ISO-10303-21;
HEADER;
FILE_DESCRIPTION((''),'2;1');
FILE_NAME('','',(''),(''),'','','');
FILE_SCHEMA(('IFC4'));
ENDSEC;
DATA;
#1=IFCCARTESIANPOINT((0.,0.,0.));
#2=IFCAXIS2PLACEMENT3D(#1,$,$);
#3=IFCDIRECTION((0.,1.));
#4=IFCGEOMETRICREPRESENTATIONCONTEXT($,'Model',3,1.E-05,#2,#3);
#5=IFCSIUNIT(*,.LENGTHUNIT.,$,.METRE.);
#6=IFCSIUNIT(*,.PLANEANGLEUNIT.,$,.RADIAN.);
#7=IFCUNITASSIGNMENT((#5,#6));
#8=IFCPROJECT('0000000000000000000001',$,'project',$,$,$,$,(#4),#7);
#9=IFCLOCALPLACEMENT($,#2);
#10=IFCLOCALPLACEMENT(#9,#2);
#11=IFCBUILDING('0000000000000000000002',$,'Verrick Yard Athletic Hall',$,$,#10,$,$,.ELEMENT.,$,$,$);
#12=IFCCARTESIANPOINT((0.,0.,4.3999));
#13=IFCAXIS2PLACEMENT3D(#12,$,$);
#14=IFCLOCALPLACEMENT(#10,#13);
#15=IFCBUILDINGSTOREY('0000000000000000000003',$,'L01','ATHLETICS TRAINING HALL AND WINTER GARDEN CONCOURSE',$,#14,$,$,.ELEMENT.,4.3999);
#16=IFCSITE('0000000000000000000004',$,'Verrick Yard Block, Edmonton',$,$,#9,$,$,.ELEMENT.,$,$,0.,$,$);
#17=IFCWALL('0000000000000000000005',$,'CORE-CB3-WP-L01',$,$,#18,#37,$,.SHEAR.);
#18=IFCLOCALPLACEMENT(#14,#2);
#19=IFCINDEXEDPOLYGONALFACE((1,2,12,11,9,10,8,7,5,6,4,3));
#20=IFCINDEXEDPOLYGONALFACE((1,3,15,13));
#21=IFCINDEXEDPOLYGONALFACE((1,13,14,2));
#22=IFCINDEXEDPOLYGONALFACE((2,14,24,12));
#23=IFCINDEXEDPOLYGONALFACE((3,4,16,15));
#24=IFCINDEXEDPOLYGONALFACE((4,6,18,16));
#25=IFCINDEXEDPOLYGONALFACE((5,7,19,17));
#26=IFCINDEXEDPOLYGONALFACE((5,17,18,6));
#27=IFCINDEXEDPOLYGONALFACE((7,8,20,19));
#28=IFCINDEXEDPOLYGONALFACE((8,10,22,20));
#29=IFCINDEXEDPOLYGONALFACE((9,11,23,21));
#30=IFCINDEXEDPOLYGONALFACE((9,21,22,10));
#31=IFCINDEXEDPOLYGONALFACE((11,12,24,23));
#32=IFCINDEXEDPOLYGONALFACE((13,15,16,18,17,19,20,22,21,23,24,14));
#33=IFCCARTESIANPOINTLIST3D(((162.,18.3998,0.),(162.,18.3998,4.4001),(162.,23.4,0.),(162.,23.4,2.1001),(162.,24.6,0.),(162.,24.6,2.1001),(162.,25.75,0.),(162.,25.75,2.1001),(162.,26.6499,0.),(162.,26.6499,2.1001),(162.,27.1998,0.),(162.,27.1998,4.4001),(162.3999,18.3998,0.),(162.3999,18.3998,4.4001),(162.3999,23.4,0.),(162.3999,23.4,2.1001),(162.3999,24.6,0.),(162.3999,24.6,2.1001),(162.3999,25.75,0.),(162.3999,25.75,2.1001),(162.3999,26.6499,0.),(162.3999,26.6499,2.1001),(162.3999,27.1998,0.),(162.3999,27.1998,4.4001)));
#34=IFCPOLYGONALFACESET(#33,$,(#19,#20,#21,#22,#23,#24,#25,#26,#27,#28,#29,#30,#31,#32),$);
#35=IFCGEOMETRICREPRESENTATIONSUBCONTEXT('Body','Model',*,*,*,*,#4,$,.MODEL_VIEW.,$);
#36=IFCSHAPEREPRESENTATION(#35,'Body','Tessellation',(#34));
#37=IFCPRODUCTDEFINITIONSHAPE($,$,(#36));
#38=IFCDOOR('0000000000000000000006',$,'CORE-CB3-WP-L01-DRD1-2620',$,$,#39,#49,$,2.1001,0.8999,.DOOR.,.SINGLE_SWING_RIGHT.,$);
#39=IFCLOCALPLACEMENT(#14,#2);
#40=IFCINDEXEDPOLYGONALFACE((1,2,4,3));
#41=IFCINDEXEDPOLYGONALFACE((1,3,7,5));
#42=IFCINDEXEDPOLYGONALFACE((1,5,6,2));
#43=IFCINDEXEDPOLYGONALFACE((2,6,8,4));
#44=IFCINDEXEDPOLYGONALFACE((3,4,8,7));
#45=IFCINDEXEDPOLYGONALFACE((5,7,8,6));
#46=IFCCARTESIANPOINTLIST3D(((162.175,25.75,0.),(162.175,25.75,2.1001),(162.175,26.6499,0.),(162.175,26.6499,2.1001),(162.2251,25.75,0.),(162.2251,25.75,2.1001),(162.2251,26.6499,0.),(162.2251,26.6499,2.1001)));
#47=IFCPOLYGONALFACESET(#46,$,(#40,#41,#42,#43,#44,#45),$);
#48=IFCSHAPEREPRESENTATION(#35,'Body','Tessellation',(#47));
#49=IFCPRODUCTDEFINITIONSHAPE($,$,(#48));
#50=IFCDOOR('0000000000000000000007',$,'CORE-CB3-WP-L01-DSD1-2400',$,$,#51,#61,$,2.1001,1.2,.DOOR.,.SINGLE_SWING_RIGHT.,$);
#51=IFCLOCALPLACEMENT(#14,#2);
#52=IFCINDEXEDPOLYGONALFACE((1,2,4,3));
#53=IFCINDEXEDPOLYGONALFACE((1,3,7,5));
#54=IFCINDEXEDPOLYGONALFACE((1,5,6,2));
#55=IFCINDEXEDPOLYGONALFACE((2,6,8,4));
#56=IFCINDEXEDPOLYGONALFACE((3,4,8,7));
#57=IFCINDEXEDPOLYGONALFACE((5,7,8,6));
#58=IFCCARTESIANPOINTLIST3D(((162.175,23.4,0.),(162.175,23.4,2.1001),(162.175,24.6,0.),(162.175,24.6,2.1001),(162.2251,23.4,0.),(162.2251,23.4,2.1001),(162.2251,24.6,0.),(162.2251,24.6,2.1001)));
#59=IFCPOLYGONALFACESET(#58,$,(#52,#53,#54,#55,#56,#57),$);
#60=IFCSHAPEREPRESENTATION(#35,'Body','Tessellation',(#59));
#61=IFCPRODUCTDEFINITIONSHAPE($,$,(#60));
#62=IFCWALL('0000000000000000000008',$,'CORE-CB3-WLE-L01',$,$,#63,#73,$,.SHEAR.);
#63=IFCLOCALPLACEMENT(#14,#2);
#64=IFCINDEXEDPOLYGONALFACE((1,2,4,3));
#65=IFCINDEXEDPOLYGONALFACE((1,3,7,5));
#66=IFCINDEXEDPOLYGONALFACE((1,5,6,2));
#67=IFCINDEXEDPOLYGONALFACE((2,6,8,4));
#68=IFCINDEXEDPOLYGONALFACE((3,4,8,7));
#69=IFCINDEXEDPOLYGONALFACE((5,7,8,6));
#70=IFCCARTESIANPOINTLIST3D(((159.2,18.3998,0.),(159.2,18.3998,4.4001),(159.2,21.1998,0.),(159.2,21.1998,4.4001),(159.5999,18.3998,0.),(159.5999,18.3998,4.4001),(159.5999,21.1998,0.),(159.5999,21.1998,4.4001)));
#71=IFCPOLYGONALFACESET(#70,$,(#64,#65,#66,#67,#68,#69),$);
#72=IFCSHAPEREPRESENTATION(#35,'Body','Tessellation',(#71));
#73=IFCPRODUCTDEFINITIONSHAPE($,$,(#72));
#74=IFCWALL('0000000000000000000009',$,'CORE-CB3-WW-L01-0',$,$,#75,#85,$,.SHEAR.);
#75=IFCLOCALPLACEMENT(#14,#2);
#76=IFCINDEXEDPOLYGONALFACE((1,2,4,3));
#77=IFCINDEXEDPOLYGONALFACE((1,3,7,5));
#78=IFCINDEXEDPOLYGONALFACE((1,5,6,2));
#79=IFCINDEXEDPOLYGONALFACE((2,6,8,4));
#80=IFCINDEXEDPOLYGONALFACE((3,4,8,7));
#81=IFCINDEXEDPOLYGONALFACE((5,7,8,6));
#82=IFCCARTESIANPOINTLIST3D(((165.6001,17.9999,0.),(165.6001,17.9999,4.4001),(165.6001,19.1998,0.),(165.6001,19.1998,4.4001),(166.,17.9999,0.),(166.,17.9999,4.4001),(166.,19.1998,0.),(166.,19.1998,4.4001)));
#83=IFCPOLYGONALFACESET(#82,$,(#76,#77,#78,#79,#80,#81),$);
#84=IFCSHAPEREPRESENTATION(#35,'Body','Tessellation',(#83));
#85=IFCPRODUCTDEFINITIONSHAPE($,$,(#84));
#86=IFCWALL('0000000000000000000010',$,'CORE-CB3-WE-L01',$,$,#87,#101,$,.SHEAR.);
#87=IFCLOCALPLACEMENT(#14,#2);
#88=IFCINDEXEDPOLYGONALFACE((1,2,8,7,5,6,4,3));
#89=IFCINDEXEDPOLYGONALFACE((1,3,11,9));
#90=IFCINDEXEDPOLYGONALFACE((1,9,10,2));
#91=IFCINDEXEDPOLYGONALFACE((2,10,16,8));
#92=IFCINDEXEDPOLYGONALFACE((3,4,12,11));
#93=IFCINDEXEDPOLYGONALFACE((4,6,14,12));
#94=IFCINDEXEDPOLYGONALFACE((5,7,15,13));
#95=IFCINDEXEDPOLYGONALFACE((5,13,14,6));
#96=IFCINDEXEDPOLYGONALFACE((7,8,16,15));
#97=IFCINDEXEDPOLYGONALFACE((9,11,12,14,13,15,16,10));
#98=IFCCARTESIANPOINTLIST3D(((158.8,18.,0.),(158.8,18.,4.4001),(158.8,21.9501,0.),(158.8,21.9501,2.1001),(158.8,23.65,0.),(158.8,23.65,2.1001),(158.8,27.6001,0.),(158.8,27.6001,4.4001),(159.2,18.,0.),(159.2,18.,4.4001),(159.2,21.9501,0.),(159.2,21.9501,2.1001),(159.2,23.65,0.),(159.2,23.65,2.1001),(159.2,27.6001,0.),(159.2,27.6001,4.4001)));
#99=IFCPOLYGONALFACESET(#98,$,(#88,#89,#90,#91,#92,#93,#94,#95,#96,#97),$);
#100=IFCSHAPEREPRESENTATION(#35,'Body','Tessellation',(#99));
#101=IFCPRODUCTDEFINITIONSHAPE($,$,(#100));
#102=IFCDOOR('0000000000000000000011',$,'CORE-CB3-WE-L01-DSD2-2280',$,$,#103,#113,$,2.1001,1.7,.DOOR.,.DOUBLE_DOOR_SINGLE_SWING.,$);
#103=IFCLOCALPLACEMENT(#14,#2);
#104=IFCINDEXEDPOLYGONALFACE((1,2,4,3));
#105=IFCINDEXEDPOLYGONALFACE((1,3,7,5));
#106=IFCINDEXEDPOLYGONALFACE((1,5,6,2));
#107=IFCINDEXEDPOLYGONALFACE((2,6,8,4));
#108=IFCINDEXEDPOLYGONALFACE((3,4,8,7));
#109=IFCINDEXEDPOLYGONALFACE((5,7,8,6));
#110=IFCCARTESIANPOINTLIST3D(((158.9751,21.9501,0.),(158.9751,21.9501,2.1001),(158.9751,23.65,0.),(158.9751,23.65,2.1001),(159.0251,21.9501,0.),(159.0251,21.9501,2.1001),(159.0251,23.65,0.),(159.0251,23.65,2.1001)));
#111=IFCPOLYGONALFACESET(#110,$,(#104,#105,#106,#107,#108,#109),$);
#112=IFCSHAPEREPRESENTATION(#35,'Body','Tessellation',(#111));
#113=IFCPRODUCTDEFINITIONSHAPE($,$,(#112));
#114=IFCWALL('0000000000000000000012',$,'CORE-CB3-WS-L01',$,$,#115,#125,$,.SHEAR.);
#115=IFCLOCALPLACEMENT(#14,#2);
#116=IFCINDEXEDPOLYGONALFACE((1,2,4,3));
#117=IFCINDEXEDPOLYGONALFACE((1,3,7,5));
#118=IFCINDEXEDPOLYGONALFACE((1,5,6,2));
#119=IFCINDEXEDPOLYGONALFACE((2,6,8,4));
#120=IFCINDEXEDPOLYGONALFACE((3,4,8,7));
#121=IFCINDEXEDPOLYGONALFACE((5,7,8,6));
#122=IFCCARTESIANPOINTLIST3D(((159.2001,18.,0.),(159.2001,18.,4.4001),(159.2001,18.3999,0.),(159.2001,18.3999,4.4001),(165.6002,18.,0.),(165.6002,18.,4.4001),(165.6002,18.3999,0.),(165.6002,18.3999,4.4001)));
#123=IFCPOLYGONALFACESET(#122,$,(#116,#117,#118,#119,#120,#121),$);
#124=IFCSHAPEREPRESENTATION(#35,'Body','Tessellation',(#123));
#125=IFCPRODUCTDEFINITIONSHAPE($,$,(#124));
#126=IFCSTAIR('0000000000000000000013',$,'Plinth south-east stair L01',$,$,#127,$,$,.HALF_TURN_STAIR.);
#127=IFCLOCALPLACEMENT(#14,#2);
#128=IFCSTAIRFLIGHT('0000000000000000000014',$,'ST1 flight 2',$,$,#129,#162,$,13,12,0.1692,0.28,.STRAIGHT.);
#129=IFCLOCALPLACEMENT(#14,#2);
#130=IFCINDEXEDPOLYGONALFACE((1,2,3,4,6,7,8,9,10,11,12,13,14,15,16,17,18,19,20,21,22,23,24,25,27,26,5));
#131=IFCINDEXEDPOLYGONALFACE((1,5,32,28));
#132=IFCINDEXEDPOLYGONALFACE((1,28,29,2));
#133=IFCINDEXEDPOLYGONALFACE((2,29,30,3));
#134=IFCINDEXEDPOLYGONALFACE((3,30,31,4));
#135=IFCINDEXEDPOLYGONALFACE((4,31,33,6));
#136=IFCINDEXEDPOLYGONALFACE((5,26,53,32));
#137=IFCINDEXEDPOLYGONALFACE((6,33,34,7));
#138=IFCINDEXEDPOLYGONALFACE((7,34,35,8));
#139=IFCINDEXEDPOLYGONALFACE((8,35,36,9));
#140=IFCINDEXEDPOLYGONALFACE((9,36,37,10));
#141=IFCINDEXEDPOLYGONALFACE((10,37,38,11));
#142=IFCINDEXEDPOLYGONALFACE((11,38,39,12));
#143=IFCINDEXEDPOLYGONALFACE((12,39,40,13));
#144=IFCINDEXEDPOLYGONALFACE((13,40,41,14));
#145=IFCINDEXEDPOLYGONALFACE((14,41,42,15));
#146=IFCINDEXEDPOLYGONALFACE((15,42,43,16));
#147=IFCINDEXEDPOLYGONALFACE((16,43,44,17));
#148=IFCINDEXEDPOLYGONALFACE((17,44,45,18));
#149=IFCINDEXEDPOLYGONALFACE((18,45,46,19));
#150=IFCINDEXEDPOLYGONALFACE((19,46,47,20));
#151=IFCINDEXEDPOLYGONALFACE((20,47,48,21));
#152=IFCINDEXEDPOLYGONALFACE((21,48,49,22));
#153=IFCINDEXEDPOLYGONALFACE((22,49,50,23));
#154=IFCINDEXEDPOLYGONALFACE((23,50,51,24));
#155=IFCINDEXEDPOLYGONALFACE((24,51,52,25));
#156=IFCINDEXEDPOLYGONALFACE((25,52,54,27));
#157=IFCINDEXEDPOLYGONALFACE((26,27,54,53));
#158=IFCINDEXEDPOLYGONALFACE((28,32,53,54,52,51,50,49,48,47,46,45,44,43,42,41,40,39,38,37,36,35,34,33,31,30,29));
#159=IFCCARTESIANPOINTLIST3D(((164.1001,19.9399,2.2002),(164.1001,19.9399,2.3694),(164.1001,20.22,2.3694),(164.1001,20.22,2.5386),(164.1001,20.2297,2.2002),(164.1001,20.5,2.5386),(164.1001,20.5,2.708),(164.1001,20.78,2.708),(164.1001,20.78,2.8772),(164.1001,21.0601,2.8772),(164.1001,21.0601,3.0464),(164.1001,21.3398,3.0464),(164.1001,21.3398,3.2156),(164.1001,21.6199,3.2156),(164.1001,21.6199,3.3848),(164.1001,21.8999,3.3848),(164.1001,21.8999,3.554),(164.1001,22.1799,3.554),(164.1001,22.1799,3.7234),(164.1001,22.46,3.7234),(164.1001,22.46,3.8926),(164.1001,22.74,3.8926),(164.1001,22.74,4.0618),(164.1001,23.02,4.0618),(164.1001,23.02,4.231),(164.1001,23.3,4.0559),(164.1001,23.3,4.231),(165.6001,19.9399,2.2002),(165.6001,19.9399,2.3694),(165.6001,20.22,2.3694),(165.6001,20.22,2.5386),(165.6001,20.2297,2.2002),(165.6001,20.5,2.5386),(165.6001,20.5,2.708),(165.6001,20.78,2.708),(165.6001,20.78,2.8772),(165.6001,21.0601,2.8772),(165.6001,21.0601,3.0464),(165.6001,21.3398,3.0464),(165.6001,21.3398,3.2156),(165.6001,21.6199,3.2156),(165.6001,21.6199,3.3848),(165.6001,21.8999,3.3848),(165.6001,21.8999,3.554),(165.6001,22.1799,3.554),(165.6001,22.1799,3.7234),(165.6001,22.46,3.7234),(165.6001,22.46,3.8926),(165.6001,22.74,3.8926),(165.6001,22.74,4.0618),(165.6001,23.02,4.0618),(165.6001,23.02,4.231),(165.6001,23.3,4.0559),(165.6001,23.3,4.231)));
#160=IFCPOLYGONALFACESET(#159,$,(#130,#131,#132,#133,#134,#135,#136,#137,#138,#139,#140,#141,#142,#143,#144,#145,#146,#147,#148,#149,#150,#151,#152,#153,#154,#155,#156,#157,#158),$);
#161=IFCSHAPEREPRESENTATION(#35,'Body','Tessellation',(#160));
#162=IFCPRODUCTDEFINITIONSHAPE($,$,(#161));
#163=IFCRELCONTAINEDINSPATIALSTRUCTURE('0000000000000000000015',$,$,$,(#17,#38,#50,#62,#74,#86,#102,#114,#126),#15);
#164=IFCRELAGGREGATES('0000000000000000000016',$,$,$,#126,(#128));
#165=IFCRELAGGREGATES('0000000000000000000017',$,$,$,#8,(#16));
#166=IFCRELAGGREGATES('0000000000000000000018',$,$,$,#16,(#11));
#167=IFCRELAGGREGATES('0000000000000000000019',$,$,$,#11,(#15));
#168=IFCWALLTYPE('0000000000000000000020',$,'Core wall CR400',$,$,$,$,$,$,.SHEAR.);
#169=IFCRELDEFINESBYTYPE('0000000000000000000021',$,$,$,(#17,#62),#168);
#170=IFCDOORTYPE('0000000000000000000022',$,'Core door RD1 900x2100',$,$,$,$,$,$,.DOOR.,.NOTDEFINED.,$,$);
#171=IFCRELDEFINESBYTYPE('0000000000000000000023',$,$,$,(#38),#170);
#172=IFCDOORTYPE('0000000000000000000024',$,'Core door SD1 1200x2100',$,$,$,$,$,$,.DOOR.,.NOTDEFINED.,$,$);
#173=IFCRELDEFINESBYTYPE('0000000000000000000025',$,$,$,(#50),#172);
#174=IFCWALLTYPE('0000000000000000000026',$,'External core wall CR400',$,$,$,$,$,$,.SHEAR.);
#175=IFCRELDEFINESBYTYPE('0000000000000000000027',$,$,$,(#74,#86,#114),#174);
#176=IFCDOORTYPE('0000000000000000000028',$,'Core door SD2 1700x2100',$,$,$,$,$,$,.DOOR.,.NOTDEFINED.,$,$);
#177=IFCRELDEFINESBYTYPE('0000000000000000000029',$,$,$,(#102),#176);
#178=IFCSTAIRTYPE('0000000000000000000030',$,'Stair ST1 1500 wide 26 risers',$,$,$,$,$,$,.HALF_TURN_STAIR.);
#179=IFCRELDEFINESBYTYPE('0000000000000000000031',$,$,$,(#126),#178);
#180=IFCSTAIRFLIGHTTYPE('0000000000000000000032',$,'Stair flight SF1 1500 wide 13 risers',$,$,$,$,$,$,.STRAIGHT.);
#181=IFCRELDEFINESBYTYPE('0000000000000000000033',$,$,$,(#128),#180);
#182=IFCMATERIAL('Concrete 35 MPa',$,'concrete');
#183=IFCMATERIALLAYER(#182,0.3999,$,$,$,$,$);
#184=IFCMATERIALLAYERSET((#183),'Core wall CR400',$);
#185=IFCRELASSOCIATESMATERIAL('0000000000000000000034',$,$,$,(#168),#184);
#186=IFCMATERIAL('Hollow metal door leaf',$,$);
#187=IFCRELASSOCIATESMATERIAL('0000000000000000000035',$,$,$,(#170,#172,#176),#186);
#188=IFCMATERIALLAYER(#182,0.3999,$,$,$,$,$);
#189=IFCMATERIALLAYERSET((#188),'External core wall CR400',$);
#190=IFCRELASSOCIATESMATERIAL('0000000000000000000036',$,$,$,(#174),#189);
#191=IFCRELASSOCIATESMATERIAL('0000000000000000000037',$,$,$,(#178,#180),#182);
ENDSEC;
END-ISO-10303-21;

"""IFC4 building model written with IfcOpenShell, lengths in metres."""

from ifc_helpers import new_model, si_unit, direction, frame, frame_2d, origin, place, context, subcontext, project, spatial, polyline, rectangle, outline, extrude, material, layer, layer_set, type_object, element, fill, aggregate, save


model = new_model("IFC4")

# Units and contexts
model_context = context("Model", 3, precision=1e-05, world=origin(), true_north=direction((0.0, 1.0)))
body_context = subcontext(model_context, "Body", "Model", "MODEL_VIEW")
ifc_project = project(units=[si_unit("LENGTHUNIT", "METRE"), si_unit("PLANEANGLEUNIT", "RADIAN")], contexts=[model_context])

# Site, building, storey
site_placement = place(None, origin())
site = spatial("IfcSite", under=ifc_project, at=site_placement, Name="Verrick Yard Block, Edmonton", CompositionType="ELEMENT", RefElevation=0.0)
building_placement = place(site_placement, origin())
building = spatial("IfcBuilding", under=site, at=building_placement, Name="Verrick Yard Athletic Hall", CompositionType="ELEMENT")
storey_placement = place(building_placement, frame((0.0, 0.0, 4.3999)))
storey = spatial("IfcBuildingStorey", under=building, at=storey_placement, Name="L01", Description="ATHLETICS TRAINING HALL AND WINTER GARDEN CONCOURSE", CompositionType="ELEMENT", Elevation=4.3999)

# Wall, openings, doors
ifc_material_1 = material(Name="Concrete 35 MPa", Category="concrete")
ifc_layer_1 = layer(ifc_material_1, 0.3999)
ifc_layer_set_1 = layer_set([ifc_layer_1], Name="Core wall CR400")
wall_type_1 = type_object("IfcWallType", Name="Core wall CR400", PredefinedType="SHEAR", material=ifc_layer_set_1)
wall_1_placement = place(storey_placement, frame((162.2, 18.3999, 0.0), z_axis=(0.0, 0.0, 1.0), x_axis=(0.0, 1.0, 0.0)))
wall_1 = element("IfcWall", 1, at=wall_1_placement, inside=storey, type_object=wall_type_1, Name="CORE-CB3-WP-L01", PredefinedType="SHEAR", context=body_context, shape_type="SweptSolid", body=[
    extrude(rectangle(XDim=8.8, YDim=0.3999, at=frame_2d((4.3999, 0.0))), origin(), (0.0, 0.0, 1.0), 4.4001),
])
opening_1_placement = place(wall_1_placement, frame((5.0, 0.0, 0.0)))
opening_1 = element("IfcOpeningElement", 2, at=opening_1_placement, cuts=wall_1, PredefinedType="OPENING", context=body_context, shape_type="SweptSolid", body=[
    extrude(rectangle(XDim=1.2, YDim=2.1001, at=frame_2d((0.6001, 1.05))), frame((0.0, 0.21, 0.0), z_axis=(0.0, -1.0, 0.0), x_axis=(1.0, 0.0, 0.0)), (0.0, 0.0, 1.0), 0.4199),
])
opening_2_placement = place(wall_1_placement, frame((7.3501, 0.0, 0.0)))
opening_2 = element("IfcOpeningElement", 3, at=opening_2_placement, cuts=wall_1, PredefinedType="OPENING", context=body_context, shape_type="SweptSolid", body=[
    extrude(rectangle(XDim=0.8999, YDim=2.1001, at=frame_2d((0.45, 1.05))), frame((0.0, 0.21, 0.0), z_axis=(0.0, -1.0, 0.0), x_axis=(1.0, 0.0, 0.0)), (0.0, 0.0, 1.0), 0.4199),
])
ifc_material_2 = material(Name="Hollow metal door leaf")
door_type_1 = type_object("IfcDoorType", Name="Core door RD1 900x2100", OperationType="NOTDEFINED", PredefinedType="DOOR", material=ifc_material_2)
door_1_placement = place(opening_2_placement, origin())
door_1 = element("IfcDoor", 4, at=door_1_placement, inside=storey, type_object=door_type_1, Name="CORE-CB3-WP-L01-DRD1-2620", OperationType="SINGLE_SWING_RIGHT", OverallHeight=2.1001, OverallWidth=0.8999, PredefinedType="DOOR", context=body_context, shape_type="SweptSolid", body=[
    extrude(rectangle(XDim=0.8999, YDim=2.1001, at=frame_2d((0.45, 1.05))), frame((0.0, 0.0249, 0.0), z_axis=(0.0, -1.0, 0.0), x_axis=(1.0, 0.0, 0.0)), (0.0, 0.0, 1.0), 0.05),
])
fill(opening_2, door_1)
door_type_2 = type_object("IfcDoorType", Name="Core door SD1 1200x2100", OperationType="NOTDEFINED", PredefinedType="DOOR", material=ifc_material_2)
door_2_placement = place(opening_1_placement, origin())
door_2 = element("IfcDoor", 5, at=door_2_placement, inside=storey, type_object=door_type_2, Name="CORE-CB3-WP-L01-DSD1-2400", OperationType="SINGLE_SWING_RIGHT", OverallHeight=2.1001, OverallWidth=1.2, PredefinedType="DOOR", context=body_context, shape_type="SweptSolid", body=[
    extrude(rectangle(XDim=1.2, YDim=2.1001, at=frame_2d((0.6001, 1.05))), frame((0.0, 0.0249, 0.0), z_axis=(0.0, -1.0, 0.0), x_axis=(1.0, 0.0, 0.0)), (0.0, 0.0, 1.0), 0.05),
])
fill(opening_1, door_2)

# Walls
wall_2_placement = place(storey_placement, frame((159.3999, 18.3999, 0.0), z_axis=(0.0, 0.0, 1.0), x_axis=(0.0, 1.0, 0.0)))
element("IfcWall", 6, at=wall_2_placement, inside=storey, type_object=wall_type_1, Name="CORE-CB3-WLE-L01", PredefinedType="SHEAR", context=body_context, shape_type="SweptSolid", body=[
    extrude(rectangle(XDim=2.8, YDim=0.3999, at=frame_2d((1.3999, 0.0))), origin(), (0.0, 0.0, 1.0), 4.4001),
])
ifc_layer_2 = layer(ifc_material_1, 0.3999)
ifc_layer_set_2 = layer_set([ifc_layer_2], Name="External core wall CR400")
wall_type_2 = type_object("IfcWallType", Name="External core wall CR400", PredefinedType="SHEAR", material=ifc_layer_set_2)
wall_3_placement = place(storey_placement, frame((165.8, 19.2, 0.0), z_axis=(0.0, 0.0, 1.0), x_axis=(0.0, -1.0, 0.0)))
element("IfcWall", 7, at=wall_3_placement, inside=storey, type_object=wall_type_2, Name="CORE-CB3-WW-L01-0", PredefinedType="SHEAR", context=body_context, shape_type="SweptSolid", body=[
    extrude(rectangle(XDim=1.2, YDim=0.3999, at=frame_2d((0.6001, 0.0))), origin(), (0.0, 0.0, 1.0), 4.4001),
])

# Wall, opening, door
wall_4_placement = place(storey_placement, frame((159.0, 18.0, 0.0), z_axis=(0.0, 0.0, 1.0), x_axis=(0.0, 1.0, 0.0)))
wall_4 = element("IfcWall", 8, at=wall_4_placement, inside=storey, type_object=wall_type_2, Name="CORE-CB3-WE-L01", PredefinedType="SHEAR", context=body_context, shape_type="SweptSolid", body=[
    extrude(rectangle(XDim=9.6001, YDim=0.3999, at=frame_2d((4.8, 0.0))), origin(), (0.0, 0.0, 1.0), 4.4001),
])
opening_3_placement = place(wall_4_placement, frame((3.95, 0.0, 0.0)))
opening_3 = element("IfcOpeningElement", 9, at=opening_3_placement, cuts=wall_4, PredefinedType="OPENING", context=body_context, shape_type="SweptSolid", body=[
    extrude(rectangle(XDim=1.7, YDim=2.1001, at=frame_2d((0.8501, 1.05))), frame((0.0, 0.21, 0.0), z_axis=(0.0, -1.0, 0.0), x_axis=(1.0, 0.0, 0.0)), (0.0, 0.0, 1.0), 0.4199),
])
door_type_3 = type_object("IfcDoorType", Name="Core door SD2 1700x2100", OperationType="NOTDEFINED", PredefinedType="DOOR", material=ifc_material_2)
door_3_placement = place(opening_3_placement, origin())
door_3 = element("IfcDoor", 10, at=door_3_placement, inside=storey, type_object=door_type_3, Name="CORE-CB3-WE-L01-DSD2-2280", OperationType="DOUBLE_DOOR_SINGLE_SWING", OverallHeight=2.1001, OverallWidth=1.7, PredefinedType="DOOR", context=body_context, shape_type="SweptSolid", body=[
    extrude(rectangle(XDim=1.7, YDim=2.1001, at=frame_2d((0.8501, 1.05))), frame((0.0, 0.0249, 0.0), z_axis=(0.0, -1.0, 0.0), x_axis=(1.0, 0.0, 0.0)), (0.0, 0.0, 1.0), 0.05),
])
fill(opening_3, door_3)

# Wall
wall_5_placement = place(storey_placement, frame((159.2, 18.2, 0.0), z_axis=(0.0, 0.0, 1.0), x_axis=(1.0, 0.0, 0.0)))
element("IfcWall", 11, at=wall_5_placement, inside=storey, type_object=wall_type_2, Name="CORE-CB3-WS-L01", PredefinedType="SHEAR", context=body_context, shape_type="SweptSolid", body=[
    extrude(rectangle(XDim=6.4001, YDim=0.3999, at=frame_2d((3.2002, 0.0))), origin(), (0.0, 0.0, 1.0), 4.4001),
])

# Stair, stair flight
stair_type = type_object("IfcStairType", Name="Stair ST1 1500 wide 26 risers", PredefinedType="HALF_TURN_STAIR", material=ifc_material_1)
stair_placement = place(storey_placement, origin())
stair = element("IfcStair", 12, at=stair_placement, inside=storey, type_object=stair_type, Name="Plinth south-east stair L01", PredefinedType="HALF_TURN_STAIR")
stair_flight_type = type_object("IfcStairFlightType", Name="Stair flight SF1 1500 wide 13 risers", PredefinedType="STRAIGHT", material=ifc_material_1)
stair_flight_placement = place(storey_placement, frame((164.8501, 19.9399, 2.2002), z_axis=(0.0, 0.0, 1.0), x_axis=(0.0, 1.0, 0.0)))
stair_flight = element("IfcStairFlight", 13, at=stair_flight_placement, type_object=stair_flight_type, Name="ST1 flight 2", NumberOfRisers=13, NumberOfTreads=12, PredefinedType="STRAIGHT", RiserHeight=0.1692, TreadLength=0.28, context=body_context, shape_type="SweptSolid", body=[
    extrude(outline(polyline([(0.0, 0.0), (0.0, 0.1692), (0.28, 0.1692), (0.28, 0.3384), (0.5601, 0.3384), (0.5601, 0.5078), (0.8401, 0.5078), (0.8401, 0.677), (1.1201, 0.677), (1.1201, 0.8462), (1.3999, 0.8462), (1.3999, 1.0154), (1.6799, 1.0154), (1.6799, 1.1846), (1.96, 1.1846), (1.96, 1.3538), (2.24, 1.3538), (2.24, 1.5232), (2.52, 1.5232), (2.52, 1.6924), (2.8, 1.6924), (2.8, 1.8616), (3.0801, 1.8616), (3.0801, 2.0308), (3.3601, 2.0308), (3.3601, 2.2), (3.3601, 1.8557), (0.2898, 0.0), (0.0, 0.0)])), frame((0.0, 0.75, 0.0), z_axis=(0.0, -1.0, 0.0), x_axis=(1.0, 0.0, 0.0)), (0.0, 0.0, 1.0), 1.5),
])
aggregate(stair, [stair_flight])

save(model, "model.ifc")
